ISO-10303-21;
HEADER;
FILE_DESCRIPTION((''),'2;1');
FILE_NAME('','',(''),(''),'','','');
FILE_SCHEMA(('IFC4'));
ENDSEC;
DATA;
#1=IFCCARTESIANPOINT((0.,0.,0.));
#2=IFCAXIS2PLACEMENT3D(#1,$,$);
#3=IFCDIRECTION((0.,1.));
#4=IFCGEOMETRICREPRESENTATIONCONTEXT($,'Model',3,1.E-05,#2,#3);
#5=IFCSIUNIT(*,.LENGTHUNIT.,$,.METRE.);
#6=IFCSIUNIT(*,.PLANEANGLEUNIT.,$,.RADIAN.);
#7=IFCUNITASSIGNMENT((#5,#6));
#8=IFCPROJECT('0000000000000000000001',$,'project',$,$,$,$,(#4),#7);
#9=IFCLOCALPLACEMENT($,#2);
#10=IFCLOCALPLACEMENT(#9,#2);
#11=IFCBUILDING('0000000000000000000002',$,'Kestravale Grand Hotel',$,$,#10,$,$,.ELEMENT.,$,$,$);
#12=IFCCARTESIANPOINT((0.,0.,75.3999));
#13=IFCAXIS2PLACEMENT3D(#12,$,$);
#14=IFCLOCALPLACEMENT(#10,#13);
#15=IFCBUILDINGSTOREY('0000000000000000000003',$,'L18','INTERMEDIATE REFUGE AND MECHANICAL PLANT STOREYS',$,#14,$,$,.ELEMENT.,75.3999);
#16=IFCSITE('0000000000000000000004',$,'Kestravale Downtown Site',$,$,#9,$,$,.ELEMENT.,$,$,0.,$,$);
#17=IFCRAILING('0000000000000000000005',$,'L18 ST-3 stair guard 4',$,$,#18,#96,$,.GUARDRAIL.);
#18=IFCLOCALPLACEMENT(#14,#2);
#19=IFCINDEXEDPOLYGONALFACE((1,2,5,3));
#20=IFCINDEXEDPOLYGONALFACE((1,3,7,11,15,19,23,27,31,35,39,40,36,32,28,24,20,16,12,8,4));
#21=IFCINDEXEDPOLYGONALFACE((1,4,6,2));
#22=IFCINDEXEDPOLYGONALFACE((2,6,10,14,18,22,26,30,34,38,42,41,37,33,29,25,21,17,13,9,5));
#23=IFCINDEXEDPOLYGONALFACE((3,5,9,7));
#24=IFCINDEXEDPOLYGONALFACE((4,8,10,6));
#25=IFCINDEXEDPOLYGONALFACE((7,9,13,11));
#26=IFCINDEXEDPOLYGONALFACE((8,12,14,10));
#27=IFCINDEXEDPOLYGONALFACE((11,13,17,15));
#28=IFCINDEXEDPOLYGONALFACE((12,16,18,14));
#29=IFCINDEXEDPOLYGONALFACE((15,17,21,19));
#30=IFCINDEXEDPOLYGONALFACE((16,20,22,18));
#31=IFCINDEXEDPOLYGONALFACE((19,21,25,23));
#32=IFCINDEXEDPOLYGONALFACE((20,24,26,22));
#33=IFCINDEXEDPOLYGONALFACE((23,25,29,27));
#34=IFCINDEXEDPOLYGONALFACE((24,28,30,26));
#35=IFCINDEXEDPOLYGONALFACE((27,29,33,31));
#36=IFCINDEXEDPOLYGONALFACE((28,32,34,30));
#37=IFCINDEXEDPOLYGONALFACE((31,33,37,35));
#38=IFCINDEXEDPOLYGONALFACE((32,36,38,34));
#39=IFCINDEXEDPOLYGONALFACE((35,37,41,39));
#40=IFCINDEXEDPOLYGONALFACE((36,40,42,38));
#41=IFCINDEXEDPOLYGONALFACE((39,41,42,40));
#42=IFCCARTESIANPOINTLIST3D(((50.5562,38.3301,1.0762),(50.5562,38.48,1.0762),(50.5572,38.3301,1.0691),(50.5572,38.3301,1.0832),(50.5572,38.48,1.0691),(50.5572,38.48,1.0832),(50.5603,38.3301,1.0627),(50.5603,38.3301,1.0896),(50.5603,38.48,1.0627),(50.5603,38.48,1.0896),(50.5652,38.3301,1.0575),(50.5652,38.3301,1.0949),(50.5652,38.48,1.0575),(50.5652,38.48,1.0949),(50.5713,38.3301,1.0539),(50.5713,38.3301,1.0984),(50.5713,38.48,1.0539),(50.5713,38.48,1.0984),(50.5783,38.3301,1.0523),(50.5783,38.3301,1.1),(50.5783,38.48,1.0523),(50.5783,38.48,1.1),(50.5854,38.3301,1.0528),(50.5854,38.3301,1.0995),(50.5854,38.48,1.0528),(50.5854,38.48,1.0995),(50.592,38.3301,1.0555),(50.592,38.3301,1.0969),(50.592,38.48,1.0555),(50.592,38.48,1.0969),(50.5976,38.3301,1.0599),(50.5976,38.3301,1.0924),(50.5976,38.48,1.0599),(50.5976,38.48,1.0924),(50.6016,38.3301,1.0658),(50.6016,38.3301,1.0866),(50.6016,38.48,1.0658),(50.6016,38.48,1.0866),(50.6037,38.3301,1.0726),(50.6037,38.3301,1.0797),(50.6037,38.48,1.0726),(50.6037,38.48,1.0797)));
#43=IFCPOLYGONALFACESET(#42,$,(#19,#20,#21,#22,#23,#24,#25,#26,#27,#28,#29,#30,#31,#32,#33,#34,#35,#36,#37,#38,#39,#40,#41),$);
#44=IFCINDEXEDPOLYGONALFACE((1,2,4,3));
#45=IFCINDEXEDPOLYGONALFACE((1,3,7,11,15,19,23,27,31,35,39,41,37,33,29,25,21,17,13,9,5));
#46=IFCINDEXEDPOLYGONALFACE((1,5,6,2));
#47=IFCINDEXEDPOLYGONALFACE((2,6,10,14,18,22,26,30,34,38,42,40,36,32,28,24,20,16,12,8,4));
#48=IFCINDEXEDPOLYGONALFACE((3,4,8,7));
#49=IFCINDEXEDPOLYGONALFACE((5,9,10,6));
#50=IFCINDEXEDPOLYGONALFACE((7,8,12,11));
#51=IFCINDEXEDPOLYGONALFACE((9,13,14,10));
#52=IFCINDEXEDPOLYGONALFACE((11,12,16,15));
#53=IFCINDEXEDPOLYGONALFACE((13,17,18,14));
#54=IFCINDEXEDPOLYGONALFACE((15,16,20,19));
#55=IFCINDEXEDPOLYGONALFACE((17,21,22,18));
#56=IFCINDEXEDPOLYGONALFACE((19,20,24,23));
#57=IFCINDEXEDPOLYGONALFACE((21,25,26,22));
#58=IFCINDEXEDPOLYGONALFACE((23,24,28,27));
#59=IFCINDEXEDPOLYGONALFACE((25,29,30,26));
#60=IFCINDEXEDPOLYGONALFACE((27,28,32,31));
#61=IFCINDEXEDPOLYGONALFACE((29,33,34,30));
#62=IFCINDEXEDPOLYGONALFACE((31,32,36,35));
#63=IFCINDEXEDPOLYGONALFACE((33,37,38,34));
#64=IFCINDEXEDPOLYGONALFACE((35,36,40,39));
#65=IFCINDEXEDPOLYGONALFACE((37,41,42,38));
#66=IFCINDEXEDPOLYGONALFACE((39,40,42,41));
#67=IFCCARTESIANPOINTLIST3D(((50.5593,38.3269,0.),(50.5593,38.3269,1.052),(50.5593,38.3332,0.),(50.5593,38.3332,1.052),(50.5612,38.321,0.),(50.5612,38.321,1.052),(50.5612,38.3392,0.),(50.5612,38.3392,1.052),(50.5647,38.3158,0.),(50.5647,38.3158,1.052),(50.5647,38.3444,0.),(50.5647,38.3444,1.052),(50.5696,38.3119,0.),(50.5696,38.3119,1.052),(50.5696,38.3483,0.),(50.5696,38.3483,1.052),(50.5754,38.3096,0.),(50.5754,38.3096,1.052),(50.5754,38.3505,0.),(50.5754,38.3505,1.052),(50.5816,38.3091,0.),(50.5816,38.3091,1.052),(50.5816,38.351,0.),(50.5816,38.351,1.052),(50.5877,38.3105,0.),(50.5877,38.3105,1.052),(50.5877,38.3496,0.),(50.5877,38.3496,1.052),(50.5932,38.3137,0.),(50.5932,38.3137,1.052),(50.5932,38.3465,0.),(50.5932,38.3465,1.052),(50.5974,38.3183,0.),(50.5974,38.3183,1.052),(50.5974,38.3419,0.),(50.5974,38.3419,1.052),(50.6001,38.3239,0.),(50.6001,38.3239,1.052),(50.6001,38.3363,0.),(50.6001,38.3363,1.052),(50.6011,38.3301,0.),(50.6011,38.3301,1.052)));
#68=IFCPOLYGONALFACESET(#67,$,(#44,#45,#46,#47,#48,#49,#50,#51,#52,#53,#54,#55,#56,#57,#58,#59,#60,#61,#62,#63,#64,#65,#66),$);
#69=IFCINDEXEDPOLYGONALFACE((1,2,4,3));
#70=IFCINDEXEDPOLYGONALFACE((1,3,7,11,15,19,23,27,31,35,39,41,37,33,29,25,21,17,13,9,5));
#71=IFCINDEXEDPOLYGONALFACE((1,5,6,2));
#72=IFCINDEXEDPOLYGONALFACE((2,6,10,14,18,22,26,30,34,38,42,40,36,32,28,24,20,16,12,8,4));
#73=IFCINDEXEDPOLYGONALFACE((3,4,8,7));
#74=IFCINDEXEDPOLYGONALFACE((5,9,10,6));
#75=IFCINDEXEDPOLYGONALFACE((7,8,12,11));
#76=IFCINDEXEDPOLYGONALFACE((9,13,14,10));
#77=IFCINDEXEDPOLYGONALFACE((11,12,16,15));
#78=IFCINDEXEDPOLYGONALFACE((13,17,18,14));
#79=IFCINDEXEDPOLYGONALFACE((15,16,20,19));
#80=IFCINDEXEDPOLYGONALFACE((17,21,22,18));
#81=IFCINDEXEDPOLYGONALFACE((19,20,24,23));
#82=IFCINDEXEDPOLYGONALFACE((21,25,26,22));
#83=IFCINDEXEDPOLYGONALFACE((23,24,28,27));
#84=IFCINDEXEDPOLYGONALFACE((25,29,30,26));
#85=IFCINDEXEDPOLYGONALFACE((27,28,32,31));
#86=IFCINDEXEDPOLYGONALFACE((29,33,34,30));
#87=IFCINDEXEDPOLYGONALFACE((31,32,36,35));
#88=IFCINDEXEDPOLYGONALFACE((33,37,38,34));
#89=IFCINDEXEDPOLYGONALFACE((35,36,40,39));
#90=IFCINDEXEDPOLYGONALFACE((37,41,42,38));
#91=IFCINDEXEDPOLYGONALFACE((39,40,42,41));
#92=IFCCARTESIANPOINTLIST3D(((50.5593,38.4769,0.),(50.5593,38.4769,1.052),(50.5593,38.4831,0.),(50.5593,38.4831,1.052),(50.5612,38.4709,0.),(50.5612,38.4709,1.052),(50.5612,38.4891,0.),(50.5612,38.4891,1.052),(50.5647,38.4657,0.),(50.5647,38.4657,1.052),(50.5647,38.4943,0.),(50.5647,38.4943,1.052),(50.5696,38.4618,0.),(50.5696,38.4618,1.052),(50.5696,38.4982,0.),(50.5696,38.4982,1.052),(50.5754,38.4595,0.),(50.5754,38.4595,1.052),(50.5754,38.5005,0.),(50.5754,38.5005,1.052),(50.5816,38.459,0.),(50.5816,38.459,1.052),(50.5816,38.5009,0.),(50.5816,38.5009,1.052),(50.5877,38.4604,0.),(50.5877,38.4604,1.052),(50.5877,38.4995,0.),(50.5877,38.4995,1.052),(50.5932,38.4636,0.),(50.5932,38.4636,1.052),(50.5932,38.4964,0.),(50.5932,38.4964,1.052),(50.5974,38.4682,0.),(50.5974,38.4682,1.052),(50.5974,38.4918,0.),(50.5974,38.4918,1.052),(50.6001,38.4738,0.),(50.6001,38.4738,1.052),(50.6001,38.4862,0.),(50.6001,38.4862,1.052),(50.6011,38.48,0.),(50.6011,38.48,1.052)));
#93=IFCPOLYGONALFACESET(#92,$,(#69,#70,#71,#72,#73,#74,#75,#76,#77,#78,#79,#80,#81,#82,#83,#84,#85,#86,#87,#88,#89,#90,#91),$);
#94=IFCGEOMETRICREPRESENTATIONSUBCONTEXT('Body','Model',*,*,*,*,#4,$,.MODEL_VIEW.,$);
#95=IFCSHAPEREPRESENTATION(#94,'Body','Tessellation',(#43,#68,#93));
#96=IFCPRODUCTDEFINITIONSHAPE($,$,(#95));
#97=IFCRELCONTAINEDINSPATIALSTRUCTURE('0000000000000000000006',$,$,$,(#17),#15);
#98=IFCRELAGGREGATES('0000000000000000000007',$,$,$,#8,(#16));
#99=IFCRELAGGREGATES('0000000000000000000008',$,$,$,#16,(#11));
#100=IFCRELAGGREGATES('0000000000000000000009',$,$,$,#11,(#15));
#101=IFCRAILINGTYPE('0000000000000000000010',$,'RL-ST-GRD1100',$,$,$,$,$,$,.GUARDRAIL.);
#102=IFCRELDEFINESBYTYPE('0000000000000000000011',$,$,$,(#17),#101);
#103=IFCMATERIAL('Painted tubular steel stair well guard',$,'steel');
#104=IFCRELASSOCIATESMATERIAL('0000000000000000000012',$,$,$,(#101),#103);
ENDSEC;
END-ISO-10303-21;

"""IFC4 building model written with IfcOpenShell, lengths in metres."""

from ifc_helpers import new_model, si_unit, direction, frame, origin, origin_2d, place, context, subcontext, project, spatial, circle, extrude, material, type_object, element, save


model = new_model("IFC4")

# Units and contexts
model_context = context("Model", 3, precision=1e-05, world=origin(), true_north=direction((0.0, 1.0)))
body_context = subcontext(model_context, "Body", "Model", "MODEL_VIEW")
ifc_project = project(units=[si_unit("LENGTHUNIT", "METRE"), si_unit("PLANEANGLEUNIT", "RADIAN")], contexts=[model_context])

# Site, building, storey
site_placement = place(None, origin())
site = spatial("IfcSite", under=ifc_project, at=site_placement, Name="Kestravale Downtown Site", CompositionType="ELEMENT", RefElevation=0.0)
building_placement = place(site_placement, origin())
building = spatial("IfcBuilding", under=site, at=building_placement, Name="Kestravale Grand Hotel", CompositionType="ELEMENT")
storey_placement = place(building_placement, frame((0.0, 0.0, 75.3999)))
storey = spatial("IfcBuildingStorey", under=building, at=storey_placement, Name="L18", Description="INTERMEDIATE REFUGE AND MECHANICAL PLANT STOREYS", CompositionType="ELEMENT", Elevation=75.3999)

# Railing
ifc_material_1 = material(Name="Painted tubular steel stair well guard", Category="steel")
railing_type_1 = type_object("IfcRailingType", Name="RL-ST-GRD1100", PredefinedType="GUARDRAIL", material=ifc_material_1)
railing_1_placement = place(storey_placement, frame((50.5801, 38.3301, 0.0)))
element("IfcRailing", 1, at=railing_1_placement, inside=storey, type_object=railing_type_1, Name="L18 ST-3 stair guard 4", PredefinedType="GUARDRAIL", context=body_context, shape_type="SweptSolid", body=[
    extrude(circle(Radius=0.0239, at=origin_2d()), frame((0.0, 0.0, 1.0762), z_axis=(0.0, 1.0, 0.0), x_axis=(-1.0, 0.0, 0.0)), (0.0, 0.0, 1.0), 0.1499),
    extrude(circle(Radius=0.021, at=origin_2d()), origin(), (0.0, 0.0, 1.0), 1.052),
    extrude(circle(Radius=0.021, at=origin_2d()), frame((0.0, 0.1499, 0.0)), (0.0, 0.0, 1.0), 1.052),
])

save(model, "model.ifc")
